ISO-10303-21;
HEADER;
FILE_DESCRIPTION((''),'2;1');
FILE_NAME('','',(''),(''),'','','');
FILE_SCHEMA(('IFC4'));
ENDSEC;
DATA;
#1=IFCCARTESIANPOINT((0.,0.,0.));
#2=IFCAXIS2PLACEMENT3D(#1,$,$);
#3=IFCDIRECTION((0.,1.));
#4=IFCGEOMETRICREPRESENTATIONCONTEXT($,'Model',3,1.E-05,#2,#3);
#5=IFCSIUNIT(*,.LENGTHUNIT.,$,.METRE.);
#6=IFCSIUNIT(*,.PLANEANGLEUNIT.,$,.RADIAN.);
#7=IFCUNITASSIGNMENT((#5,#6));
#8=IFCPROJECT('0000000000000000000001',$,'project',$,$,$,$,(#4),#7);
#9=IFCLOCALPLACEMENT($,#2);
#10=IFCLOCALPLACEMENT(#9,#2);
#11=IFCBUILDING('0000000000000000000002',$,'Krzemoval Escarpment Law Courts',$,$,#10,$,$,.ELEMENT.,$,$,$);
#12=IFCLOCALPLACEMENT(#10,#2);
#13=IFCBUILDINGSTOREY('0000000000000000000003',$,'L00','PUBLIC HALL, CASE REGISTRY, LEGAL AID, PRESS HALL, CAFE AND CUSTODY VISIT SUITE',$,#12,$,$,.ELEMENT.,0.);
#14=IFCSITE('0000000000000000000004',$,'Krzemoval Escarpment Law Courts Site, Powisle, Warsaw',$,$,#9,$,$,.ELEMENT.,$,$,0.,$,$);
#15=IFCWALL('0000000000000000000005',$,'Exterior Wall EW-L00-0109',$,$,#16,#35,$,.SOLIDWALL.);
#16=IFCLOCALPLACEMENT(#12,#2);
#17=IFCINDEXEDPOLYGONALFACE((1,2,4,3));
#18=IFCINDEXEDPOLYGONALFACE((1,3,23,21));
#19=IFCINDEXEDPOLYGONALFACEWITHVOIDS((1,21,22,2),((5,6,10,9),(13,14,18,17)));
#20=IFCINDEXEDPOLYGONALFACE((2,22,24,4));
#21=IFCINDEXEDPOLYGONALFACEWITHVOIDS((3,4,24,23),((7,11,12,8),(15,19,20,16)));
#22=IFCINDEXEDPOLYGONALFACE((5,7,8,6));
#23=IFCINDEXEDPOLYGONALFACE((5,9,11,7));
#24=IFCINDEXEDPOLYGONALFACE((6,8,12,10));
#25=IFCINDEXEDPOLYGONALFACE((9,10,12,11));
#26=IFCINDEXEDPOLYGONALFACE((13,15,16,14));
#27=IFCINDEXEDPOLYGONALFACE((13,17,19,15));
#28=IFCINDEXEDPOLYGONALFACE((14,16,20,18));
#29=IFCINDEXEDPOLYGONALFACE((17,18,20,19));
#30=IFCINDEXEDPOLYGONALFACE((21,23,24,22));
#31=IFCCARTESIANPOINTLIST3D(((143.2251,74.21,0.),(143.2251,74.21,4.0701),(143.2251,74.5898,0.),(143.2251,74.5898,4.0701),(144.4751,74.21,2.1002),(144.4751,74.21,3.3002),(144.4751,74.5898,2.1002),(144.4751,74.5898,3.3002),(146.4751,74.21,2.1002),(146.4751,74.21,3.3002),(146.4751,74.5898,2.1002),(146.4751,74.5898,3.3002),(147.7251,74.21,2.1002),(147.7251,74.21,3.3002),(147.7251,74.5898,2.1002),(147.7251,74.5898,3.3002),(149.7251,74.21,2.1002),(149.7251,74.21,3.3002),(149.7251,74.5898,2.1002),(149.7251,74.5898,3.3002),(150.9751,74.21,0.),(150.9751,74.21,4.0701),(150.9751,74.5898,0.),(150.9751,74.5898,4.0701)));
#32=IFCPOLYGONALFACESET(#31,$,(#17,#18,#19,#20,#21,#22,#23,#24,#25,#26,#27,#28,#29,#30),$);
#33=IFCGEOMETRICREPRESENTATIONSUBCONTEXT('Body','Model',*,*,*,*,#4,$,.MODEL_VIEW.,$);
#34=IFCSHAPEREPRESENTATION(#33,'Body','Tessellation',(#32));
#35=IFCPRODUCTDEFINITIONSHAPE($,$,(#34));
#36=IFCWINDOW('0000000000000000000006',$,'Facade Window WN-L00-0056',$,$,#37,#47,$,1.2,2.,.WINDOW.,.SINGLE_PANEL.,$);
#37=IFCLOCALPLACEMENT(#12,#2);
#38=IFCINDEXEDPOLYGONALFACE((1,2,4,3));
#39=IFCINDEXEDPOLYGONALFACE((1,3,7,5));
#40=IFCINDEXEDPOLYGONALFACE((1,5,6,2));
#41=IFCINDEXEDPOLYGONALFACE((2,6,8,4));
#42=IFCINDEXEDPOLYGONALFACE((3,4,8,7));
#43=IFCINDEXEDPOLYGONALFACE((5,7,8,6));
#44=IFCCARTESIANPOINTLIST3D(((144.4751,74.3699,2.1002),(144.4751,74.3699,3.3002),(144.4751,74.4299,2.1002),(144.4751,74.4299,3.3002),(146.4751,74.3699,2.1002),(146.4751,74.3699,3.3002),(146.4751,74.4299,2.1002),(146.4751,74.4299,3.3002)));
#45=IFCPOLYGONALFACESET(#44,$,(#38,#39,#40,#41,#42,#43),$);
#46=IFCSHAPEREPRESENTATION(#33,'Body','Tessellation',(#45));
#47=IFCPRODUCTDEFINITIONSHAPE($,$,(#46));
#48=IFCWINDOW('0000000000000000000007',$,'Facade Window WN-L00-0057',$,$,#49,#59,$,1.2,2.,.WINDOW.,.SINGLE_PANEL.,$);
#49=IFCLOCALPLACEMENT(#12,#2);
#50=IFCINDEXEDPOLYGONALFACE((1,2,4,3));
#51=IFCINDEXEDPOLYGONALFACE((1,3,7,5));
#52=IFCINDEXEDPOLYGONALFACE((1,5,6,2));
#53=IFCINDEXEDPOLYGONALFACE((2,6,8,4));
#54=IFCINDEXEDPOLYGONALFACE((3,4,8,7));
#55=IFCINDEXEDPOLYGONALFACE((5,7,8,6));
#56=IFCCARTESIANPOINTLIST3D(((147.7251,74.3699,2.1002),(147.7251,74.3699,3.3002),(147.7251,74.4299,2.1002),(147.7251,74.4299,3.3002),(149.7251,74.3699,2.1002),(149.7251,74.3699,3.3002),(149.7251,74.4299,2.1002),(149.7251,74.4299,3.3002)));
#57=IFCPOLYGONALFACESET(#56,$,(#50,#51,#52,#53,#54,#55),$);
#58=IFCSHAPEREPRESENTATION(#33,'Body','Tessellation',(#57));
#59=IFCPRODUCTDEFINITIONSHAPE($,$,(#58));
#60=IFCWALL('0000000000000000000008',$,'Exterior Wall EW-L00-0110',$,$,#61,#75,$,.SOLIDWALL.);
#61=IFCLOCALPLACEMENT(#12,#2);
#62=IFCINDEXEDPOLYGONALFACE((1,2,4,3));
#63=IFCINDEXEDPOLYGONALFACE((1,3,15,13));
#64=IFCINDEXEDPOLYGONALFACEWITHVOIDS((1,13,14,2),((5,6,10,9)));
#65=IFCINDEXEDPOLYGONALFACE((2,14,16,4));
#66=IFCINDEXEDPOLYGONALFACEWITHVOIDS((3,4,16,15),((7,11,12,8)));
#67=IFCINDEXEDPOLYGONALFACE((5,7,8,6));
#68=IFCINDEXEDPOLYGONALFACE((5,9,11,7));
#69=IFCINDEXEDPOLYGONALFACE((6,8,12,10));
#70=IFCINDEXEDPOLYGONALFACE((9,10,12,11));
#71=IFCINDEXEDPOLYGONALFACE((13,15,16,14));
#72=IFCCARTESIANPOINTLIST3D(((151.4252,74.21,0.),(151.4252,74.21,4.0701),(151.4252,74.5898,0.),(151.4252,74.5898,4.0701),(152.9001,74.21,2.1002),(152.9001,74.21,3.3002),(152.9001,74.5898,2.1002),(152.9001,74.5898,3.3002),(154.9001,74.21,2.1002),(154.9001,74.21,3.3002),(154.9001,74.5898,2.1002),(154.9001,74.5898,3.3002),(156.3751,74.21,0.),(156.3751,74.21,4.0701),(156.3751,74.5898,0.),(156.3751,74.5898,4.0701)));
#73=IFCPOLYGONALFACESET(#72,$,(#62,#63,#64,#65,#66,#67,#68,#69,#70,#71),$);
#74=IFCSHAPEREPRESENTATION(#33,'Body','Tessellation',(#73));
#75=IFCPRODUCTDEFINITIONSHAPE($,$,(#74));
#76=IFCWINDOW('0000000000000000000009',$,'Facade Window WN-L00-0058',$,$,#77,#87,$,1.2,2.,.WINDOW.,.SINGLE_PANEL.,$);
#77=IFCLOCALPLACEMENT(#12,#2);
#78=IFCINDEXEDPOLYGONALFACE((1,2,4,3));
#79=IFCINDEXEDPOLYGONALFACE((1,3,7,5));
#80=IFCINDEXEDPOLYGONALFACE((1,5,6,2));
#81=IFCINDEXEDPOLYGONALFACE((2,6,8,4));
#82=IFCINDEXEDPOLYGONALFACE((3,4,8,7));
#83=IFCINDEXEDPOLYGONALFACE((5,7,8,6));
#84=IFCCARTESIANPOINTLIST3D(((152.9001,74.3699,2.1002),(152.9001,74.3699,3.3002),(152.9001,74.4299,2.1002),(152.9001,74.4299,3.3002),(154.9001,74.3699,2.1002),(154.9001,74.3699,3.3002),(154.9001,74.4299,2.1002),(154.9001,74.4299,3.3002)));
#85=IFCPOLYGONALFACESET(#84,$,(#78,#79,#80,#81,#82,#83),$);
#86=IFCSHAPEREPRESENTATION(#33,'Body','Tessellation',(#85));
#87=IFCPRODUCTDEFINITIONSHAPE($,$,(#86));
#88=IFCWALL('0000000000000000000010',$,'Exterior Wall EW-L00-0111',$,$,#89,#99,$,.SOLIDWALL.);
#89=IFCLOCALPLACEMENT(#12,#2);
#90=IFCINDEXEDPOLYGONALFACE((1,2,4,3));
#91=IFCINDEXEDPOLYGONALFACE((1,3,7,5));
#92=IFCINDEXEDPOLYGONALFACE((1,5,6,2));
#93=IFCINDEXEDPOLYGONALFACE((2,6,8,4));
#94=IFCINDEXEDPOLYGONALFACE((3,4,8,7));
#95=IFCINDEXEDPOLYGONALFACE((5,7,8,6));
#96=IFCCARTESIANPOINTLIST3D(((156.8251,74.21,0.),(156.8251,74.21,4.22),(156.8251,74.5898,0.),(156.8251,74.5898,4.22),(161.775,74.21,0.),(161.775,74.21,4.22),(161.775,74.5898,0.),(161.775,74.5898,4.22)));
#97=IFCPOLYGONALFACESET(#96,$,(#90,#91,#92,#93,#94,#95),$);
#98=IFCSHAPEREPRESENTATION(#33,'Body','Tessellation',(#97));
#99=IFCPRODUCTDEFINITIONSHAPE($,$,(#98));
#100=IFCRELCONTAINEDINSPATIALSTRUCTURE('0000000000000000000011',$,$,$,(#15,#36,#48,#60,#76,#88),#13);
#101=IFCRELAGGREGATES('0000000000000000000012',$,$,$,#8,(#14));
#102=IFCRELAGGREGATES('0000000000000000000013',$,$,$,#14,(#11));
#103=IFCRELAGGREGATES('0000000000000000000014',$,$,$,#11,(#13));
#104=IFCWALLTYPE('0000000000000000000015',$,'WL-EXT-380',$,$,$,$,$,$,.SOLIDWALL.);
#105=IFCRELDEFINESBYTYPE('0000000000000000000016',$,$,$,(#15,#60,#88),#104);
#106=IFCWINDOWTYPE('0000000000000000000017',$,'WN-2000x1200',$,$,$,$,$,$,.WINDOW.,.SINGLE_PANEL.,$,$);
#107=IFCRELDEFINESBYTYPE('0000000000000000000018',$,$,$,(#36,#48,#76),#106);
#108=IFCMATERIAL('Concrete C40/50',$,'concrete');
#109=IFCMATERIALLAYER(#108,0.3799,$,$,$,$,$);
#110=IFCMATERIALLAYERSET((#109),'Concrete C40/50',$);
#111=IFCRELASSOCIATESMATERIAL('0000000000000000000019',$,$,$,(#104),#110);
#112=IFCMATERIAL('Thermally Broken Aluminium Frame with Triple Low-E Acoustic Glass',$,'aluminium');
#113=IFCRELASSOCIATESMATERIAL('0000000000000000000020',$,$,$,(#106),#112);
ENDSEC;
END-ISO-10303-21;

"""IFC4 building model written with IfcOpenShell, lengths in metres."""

from ifc_helpers import new_model, si_unit, direction, frame, frame_2d, origin, place, context, subcontext, project, spatial, rectangle, extrude, material, layer, layer_set, type_object, element, fill, save


model = new_model("IFC4")

# Units and contexts
model_context = context("Model", 3, precision=1e-05, world=origin(), true_north=direction((0.0, 1.0)))
body_context = subcontext(model_context, "Body", "Model", "MODEL_VIEW")
ifc_project = project(units=[si_unit("LENGTHUNIT", "METRE"), si_unit("PLANEANGLEUNIT", "RADIAN")], contexts=[model_context])

# Site, building, storey
site_placement = place(None, origin())
site = spatial("IfcSite", under=ifc_project, at=site_placement, Name="Krzemoval Escarpment Law Courts Site, Powisle, Warsaw", CompositionType="ELEMENT", RefElevation=0.0)
building_placement = place(site_placement, origin())
building = spatial("IfcBuilding", under=site, at=building_placement, Name="Krzemoval Escarpment Law Courts", CompositionType="ELEMENT")
storey_placement = place(building_placement, origin())
storey = spatial("IfcBuildingStorey", under=building, at=storey_placement, Name="L00", Description="PUBLIC HALL, CASE REGISTRY, LEGAL AID, PRESS HALL, CAFE AND CUSTODY VISIT SUITE", CompositionType="ELEMENT", Elevation=0.0)

# Wall, openings, windows
ifc_material_1 = material(Name="Concrete C40/50", Category="concrete")
ifc_layer = layer(ifc_material_1, 0.3799)
ifc_layer_set = layer_set([ifc_layer], Name="Concrete C40/50")
wall_type = type_object("IfcWallType", Name="WL-EXT-380", PredefinedType="SOLIDWALL", material=ifc_layer_set)
wall_1_placement = place(storey_placement, frame((143.2251, 74.3999, 0.0), z_axis=(0.0, 0.0, 1.0), x_axis=(1.0, 0.0, 0.0)))
wall_1 = element("IfcWall", 1, at=wall_1_placement, inside=storey, type_object=wall_type, Name="Exterior Wall EW-L00-0109", PredefinedType="SOLIDWALL", context=body_context, shape_type="SweptSolid", body=[
    extrude(rectangle(XDim=7.75, YDim=0.3799, at=frame_2d((3.875, 0.0))), origin(), (0.0, 0.0, 1.0), 4.0701),
])
opening_1_placement = place(wall_1_placement, frame((1.25, 0.0, 2.1001)))
opening_1 = element("IfcOpeningElement", 2, at=opening_1_placement, cuts=wall_1, PredefinedType="OPENING", context=body_context, shape_type="SweptSolid", body=[
    extrude(rectangle(XDim=2.0, YDim=1.2, at=frame_2d((1.0, 0.6001))), frame((0.0, 0.2049, 0.0), z_axis=(0.0, -1.0, 0.0), x_axis=(1.0, 0.0, 0.0)), (0.0, 0.0, 1.0), 0.4099),
])
opening_2_placement = place(wall_1_placement, frame((4.5, 0.0, 2.1001)))
opening_2 = element("IfcOpeningElement", 3, at=opening_2_placement, cuts=wall_1, PredefinedType="OPENING", context=body_context, shape_type="SweptSolid", body=[
    extrude(rectangle(XDim=2.0, YDim=1.2, at=frame_2d((1.0, 0.6001))), frame((0.0, 0.2049, 0.0), z_axis=(0.0, -1.0, 0.0), x_axis=(1.0, 0.0, 0.0)), (0.0, 0.0, 1.0), 0.4099),
])
ifc_material_2 = material(Name="Thermally Broken Aluminium Frame with Triple Low-E Acoustic Glass", Category="aluminium")
window_type = type_object("IfcWindowType", Name="WN-2000x1200", PartitioningType="SINGLE_PANEL", PredefinedType="WINDOW", material=ifc_material_2)
window_1_placement = place(opening_1_placement, origin())
window_1 = element("IfcWindow", 4, at=window_1_placement, inside=storey, type_object=window_type, Name="Facade Window WN-L00-0056", OverallHeight=1.2, OverallWidth=2.0, PartitioningType="SINGLE_PANEL", PredefinedType="WINDOW", context=body_context, shape_type="SweptSolid", body=[
    extrude(rectangle(XDim=2.0, YDim=1.2, at=frame_2d((1.0, 0.6001))), frame((0.0, 0.03, 0.0), z_axis=(0.0, -1.0, 0.0), x_axis=(1.0, 0.0, 0.0)), (0.0, 0.0, 1.0), 0.0601),
])
fill(opening_1, window_1)
window_2_placement = place(opening_2_placement, origin())
window_2 = element("IfcWindow", 5, at=window_2_placement, inside=storey, type_object=window_type, Name="Facade Window WN-L00-0057", OverallHeight=1.2, OverallWidth=2.0, PartitioningType="SINGLE_PANEL", PredefinedType="WINDOW", context=body_context, shape_type="SweptSolid", body=[
    extrude(rectangle(XDim=2.0, YDim=1.2, at=frame_2d((1.0, 0.6001))), frame((0.0, 0.03, 0.0), z_axis=(0.0, -1.0, 0.0), x_axis=(1.0, 0.0, 0.0)), (0.0, 0.0, 1.0), 0.0601),
])
fill(opening_2, window_2)

# Wall, opening, window
wall_2_placement = place(storey_placement, frame((151.425, 74.3999, 0.0), z_axis=(0.0, 0.0, 1.0), x_axis=(1.0, 0.0, 0.0)))
wall_2 = element("IfcWall", 6, at=wall_2_placement, inside=storey, type_object=wall_type, Name="Exterior Wall EW-L00-0110", PredefinedType="SOLIDWALL", context=body_context, shape_type="SweptSolid", body=[
    extrude(rectangle(XDim=4.95, YDim=0.3799, at=frame_2d((2.4751, 0.0))), origin(), (0.0, 0.0, 1.0), 4.0701),
])
opening_3_placement = place(wall_2_placement, frame((1.4751, 0.0, 2.1001)))
opening_3 = element("IfcOpeningElement", 7, at=opening_3_placement, cuts=wall_2, PredefinedType="OPENING", context=body_context, shape_type="SweptSolid", body=[
    extrude(rectangle(XDim=2.0, YDim=1.2, at=frame_2d((1.0, 0.6001))), frame((0.0, 0.2049, 0.0), z_axis=(0.0, -1.0, 0.0), x_axis=(1.0, 0.0, 0.0)), (0.0, 0.0, 1.0), 0.4099),
])
window_3_placement = place(opening_3_placement, origin())
window_3 = element("IfcWindow", 8, at=window_3_placement, inside=storey, type_object=window_type, Name="Facade Window WN-L00-0058", OverallHeight=1.2, OverallWidth=2.0, PartitioningType="SINGLE_PANEL", PredefinedType="WINDOW", context=body_context, shape_type="SweptSolid", body=[
    extrude(rectangle(XDim=2.0, YDim=1.2, at=frame_2d((1.0, 0.6001))), frame((0.0, 0.03, 0.0), z_axis=(0.0, -1.0, 0.0), x_axis=(1.0, 0.0, 0.0)), (0.0, 0.0, 1.0), 0.0601),
])
fill(opening_3, window_3)

# Wall
wall_3_placement = place(storey_placement, frame((156.825, 74.3999, 0.0), z_axis=(0.0, 0.0, 1.0), x_axis=(1.0, 0.0, 0.0)))
element("IfcWall", 9, at=wall_3_placement, inside=storey, type_object=wall_type, Name="Exterior Wall EW-L00-0111", PredefinedType="SOLIDWALL", context=body_context, shape_type="SweptSolid", body=[
    extrude(rectangle(XDim=4.95, YDim=0.3799, at=frame_2d((2.4751, 0.0))), origin(), (0.0, 0.0, 1.0), 4.22),
])

save(model, "model.ifc")
